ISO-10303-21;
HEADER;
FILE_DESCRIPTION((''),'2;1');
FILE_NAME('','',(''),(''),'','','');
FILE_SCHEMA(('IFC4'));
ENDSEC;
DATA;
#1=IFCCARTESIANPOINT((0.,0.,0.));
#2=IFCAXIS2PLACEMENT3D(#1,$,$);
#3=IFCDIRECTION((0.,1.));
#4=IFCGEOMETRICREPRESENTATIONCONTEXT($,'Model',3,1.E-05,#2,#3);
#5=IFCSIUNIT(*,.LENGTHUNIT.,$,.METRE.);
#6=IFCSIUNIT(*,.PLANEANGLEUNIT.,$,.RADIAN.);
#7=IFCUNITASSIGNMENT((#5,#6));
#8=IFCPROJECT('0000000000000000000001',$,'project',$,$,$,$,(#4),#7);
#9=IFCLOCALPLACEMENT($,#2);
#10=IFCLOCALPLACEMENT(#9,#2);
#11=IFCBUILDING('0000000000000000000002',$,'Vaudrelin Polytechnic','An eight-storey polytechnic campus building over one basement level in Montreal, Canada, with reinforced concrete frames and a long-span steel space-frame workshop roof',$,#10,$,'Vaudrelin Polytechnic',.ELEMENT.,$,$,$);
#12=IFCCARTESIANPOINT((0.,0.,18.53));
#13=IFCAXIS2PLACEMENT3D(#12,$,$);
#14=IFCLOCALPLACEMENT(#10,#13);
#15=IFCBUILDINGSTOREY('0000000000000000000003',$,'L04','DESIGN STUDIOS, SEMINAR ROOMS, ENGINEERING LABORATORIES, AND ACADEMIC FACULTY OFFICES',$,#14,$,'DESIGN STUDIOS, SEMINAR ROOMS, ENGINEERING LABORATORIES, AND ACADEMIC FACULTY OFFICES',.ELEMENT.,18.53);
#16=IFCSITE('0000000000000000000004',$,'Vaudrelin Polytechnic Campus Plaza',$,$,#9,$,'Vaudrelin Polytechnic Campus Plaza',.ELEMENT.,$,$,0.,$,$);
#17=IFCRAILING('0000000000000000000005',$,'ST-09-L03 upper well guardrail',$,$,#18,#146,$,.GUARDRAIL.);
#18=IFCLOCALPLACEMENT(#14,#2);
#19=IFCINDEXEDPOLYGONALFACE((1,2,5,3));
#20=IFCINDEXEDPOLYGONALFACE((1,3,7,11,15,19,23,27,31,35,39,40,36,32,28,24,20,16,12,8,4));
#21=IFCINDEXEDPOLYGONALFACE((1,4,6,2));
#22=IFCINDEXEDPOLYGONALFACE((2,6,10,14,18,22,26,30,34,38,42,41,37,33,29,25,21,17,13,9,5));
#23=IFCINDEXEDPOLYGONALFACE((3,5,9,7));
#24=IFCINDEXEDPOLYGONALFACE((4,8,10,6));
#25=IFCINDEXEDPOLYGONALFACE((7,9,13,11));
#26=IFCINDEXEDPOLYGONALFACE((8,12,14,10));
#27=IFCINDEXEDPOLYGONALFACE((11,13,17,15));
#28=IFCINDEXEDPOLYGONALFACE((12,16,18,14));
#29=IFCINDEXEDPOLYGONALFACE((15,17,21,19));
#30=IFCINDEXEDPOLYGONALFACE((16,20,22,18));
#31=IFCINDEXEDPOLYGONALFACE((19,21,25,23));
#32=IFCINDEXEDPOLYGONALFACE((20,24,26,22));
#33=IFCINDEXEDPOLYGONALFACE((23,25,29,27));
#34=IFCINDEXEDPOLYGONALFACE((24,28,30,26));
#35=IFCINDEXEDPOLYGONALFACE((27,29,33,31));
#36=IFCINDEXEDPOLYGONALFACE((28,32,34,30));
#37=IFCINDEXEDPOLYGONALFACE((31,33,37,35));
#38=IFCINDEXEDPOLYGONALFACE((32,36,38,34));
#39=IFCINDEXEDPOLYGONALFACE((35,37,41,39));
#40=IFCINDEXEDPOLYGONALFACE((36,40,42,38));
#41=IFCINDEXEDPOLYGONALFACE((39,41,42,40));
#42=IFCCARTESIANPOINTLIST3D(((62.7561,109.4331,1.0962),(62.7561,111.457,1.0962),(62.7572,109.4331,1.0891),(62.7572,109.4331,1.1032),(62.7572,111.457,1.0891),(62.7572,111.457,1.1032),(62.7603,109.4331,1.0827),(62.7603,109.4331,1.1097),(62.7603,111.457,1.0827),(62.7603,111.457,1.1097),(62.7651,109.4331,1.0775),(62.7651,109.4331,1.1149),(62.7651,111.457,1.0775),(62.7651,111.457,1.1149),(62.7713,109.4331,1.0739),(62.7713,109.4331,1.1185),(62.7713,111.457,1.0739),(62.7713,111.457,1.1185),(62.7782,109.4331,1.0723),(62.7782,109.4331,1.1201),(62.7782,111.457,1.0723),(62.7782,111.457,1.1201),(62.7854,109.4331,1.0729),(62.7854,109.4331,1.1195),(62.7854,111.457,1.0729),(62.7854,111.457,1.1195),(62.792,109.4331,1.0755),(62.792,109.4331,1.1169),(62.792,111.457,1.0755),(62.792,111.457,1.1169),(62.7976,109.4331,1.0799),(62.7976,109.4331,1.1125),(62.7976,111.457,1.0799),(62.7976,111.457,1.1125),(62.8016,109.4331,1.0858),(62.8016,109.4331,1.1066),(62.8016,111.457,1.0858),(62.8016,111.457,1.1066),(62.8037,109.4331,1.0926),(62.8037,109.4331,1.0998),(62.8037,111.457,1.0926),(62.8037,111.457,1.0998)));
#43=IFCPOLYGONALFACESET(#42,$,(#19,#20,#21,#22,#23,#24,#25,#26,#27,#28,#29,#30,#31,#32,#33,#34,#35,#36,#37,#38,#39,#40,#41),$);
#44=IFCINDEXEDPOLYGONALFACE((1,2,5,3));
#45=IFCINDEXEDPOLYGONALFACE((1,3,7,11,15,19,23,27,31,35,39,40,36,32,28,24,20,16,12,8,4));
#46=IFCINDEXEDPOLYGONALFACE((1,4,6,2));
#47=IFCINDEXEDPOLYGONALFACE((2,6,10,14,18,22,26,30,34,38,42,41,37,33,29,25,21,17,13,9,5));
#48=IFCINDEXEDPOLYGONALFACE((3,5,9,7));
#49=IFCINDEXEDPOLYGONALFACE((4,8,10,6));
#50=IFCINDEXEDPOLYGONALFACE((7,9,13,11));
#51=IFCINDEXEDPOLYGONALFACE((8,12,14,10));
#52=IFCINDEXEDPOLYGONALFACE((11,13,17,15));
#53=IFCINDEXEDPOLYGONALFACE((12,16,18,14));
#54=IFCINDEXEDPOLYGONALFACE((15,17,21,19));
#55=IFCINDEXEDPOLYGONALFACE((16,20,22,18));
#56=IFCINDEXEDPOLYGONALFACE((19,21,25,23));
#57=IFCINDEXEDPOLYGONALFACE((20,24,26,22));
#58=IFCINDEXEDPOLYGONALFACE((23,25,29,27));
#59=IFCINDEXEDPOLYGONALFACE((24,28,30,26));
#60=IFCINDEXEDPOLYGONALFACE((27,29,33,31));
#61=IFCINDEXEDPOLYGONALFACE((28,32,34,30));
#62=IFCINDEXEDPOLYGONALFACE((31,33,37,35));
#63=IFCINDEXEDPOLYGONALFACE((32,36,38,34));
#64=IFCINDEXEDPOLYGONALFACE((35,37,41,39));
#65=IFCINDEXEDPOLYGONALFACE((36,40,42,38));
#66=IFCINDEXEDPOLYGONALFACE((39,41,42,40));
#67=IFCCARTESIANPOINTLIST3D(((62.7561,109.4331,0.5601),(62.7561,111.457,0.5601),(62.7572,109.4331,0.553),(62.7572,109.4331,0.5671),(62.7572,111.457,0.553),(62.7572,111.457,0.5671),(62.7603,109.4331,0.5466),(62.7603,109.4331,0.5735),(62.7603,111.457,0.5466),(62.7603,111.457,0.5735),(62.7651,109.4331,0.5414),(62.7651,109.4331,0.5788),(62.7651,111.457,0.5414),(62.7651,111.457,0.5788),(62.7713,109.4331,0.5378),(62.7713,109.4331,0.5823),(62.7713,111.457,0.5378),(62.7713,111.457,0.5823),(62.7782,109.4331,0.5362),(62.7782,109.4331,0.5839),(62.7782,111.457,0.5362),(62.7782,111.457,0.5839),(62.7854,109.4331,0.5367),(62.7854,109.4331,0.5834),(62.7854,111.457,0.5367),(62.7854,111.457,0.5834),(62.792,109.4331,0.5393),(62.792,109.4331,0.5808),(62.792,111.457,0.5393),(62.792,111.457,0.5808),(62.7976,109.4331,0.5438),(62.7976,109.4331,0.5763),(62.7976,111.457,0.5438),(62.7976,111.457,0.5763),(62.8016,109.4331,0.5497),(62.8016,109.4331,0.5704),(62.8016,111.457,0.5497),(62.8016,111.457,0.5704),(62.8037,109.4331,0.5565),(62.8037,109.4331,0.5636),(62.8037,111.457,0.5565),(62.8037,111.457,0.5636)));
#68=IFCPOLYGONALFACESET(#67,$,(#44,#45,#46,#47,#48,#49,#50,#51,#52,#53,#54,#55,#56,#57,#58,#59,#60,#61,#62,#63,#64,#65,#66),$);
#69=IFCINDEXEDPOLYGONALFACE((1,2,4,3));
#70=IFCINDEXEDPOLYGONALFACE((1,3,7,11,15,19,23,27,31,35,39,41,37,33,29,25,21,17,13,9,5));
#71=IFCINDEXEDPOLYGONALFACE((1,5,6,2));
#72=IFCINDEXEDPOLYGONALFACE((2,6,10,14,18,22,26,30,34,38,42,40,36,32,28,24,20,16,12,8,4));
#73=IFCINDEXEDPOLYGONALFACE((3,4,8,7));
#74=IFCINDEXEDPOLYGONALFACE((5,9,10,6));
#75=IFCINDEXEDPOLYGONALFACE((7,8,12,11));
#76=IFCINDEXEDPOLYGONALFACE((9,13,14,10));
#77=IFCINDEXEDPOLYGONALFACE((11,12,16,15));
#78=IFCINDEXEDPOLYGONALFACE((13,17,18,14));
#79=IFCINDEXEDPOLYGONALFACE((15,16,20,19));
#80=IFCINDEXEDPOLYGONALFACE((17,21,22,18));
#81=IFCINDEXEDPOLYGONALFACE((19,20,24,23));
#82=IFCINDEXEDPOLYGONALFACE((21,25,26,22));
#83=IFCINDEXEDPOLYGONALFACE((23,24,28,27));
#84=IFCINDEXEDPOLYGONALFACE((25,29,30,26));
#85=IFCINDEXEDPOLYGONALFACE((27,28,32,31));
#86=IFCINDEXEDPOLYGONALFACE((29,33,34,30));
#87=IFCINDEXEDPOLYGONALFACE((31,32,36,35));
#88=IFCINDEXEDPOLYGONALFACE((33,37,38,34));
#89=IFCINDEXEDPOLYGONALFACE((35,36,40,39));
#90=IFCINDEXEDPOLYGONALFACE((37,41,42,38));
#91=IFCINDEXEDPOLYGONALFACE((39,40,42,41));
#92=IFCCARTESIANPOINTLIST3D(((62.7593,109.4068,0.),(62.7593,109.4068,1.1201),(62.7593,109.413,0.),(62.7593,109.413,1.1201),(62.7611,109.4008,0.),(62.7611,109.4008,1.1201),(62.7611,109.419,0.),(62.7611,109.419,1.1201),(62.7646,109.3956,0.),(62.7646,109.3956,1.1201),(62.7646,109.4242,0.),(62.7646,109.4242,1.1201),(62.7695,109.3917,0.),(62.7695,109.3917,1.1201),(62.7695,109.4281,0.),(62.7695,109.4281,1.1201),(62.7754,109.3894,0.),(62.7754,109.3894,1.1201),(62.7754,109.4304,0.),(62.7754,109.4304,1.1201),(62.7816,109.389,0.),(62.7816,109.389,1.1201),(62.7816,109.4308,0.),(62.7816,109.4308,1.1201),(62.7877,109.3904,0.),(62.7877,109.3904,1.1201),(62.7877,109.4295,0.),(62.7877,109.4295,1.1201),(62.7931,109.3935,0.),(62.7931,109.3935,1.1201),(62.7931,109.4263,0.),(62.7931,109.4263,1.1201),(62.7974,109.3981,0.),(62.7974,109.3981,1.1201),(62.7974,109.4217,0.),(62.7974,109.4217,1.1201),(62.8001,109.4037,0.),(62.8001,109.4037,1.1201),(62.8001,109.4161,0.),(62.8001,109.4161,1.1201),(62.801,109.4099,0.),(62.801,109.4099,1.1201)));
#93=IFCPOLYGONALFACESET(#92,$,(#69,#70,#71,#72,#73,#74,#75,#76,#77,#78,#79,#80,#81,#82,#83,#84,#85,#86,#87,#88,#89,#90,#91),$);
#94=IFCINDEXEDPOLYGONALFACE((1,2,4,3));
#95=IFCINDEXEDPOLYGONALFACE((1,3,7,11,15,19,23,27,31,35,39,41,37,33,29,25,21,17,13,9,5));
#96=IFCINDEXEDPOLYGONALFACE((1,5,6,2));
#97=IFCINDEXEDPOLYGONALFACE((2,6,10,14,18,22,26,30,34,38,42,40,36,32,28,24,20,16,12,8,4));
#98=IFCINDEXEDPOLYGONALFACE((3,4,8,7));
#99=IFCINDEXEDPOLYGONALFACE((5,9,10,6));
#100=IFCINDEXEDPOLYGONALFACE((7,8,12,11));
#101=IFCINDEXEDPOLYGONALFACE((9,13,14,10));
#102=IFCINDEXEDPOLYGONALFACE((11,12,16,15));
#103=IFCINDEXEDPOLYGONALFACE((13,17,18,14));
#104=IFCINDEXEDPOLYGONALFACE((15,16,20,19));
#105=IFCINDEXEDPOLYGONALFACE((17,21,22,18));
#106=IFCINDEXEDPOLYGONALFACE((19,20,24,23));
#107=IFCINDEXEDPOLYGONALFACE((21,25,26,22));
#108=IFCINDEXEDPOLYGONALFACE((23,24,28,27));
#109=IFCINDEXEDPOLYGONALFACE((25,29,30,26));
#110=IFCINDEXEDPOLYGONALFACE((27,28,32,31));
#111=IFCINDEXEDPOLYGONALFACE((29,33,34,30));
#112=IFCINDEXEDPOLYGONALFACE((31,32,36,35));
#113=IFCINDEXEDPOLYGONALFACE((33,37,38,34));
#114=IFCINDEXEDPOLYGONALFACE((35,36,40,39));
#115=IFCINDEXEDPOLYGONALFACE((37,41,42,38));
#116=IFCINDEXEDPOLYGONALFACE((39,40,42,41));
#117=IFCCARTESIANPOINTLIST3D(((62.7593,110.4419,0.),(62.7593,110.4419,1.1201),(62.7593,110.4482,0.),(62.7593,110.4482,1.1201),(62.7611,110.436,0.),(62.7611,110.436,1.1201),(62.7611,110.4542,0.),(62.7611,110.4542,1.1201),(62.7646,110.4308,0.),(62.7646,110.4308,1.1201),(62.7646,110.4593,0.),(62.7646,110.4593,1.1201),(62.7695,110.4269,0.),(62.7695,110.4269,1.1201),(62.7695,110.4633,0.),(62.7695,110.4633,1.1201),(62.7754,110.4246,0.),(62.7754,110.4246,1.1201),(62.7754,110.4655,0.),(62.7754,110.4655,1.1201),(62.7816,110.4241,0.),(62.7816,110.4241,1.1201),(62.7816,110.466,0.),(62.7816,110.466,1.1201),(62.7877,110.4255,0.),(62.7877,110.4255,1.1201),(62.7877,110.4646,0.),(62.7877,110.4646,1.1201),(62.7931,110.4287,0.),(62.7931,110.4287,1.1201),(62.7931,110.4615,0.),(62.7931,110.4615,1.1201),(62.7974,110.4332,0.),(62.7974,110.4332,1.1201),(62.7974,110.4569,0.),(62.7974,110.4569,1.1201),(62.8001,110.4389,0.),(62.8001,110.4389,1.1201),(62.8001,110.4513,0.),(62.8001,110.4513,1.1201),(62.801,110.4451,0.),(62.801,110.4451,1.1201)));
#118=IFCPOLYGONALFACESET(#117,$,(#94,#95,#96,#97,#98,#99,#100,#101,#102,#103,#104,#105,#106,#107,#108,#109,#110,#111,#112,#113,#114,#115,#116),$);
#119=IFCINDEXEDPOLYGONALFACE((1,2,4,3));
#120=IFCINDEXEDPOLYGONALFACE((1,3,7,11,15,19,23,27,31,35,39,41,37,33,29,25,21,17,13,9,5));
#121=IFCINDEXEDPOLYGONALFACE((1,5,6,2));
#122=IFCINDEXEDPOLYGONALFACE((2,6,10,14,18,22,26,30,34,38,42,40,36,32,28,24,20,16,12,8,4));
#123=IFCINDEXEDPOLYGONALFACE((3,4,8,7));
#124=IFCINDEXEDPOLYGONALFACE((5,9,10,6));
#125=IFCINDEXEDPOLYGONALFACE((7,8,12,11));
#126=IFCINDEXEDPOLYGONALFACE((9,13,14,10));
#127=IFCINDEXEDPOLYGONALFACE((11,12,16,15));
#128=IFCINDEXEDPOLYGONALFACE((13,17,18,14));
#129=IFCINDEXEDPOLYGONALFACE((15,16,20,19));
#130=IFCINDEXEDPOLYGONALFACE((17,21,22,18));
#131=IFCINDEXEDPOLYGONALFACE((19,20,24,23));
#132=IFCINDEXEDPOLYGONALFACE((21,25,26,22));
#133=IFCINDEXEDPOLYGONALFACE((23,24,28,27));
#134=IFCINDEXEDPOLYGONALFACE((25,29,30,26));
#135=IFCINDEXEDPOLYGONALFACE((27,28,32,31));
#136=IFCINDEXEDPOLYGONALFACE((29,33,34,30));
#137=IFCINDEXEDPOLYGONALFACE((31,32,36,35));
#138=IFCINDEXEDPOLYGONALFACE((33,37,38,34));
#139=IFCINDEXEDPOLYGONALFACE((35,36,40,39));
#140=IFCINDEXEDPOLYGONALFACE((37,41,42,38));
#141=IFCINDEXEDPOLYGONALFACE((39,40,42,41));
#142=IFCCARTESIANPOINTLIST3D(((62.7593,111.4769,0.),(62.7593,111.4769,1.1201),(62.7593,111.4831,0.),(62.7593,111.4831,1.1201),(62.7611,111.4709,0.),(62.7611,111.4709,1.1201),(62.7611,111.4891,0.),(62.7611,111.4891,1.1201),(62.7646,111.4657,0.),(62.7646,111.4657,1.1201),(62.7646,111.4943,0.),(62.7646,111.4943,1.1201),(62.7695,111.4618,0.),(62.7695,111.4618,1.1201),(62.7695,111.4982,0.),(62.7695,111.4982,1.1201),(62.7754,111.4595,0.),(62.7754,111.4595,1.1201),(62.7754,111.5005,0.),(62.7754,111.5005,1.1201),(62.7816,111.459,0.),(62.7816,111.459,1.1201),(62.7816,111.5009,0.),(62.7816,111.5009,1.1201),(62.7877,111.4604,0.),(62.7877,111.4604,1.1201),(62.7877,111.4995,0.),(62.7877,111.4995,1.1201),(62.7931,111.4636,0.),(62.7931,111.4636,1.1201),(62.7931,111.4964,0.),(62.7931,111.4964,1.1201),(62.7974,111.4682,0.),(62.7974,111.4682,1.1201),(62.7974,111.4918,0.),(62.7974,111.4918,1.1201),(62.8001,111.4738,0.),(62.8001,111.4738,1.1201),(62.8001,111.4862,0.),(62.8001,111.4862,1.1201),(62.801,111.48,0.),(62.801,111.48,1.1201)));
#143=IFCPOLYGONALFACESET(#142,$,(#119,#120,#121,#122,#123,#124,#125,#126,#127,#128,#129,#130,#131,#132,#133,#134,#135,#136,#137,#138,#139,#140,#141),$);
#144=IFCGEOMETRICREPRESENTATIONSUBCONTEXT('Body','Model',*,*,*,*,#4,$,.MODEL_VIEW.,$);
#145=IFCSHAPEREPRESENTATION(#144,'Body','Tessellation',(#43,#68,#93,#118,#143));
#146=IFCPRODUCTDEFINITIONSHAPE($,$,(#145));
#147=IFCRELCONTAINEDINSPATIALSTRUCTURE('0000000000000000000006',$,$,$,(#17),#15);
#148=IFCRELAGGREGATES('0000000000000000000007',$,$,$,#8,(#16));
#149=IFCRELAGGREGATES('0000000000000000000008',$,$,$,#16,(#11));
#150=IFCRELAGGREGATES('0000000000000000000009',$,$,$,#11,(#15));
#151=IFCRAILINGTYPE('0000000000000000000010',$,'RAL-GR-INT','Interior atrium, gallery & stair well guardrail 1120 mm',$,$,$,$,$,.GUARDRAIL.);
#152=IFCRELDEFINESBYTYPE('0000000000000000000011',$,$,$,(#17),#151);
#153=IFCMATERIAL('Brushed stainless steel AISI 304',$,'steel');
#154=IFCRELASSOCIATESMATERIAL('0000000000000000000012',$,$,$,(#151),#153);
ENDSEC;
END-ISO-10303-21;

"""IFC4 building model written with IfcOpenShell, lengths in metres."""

from ifc_helpers import new_model, si_unit, direction, frame, origin, origin_2d, place, context, subcontext, project, spatial, circle, extrude, material, type_object, element, save


model = new_model("IFC4")

# Units and contexts
model_context = context("Model", 3, precision=1e-05, world=origin(), true_north=direction((0.0, 1.0)))
body_context = subcontext(model_context, "Body", "Model", "MODEL_VIEW")
ifc_project = project(units=[si_unit("LENGTHUNIT", "METRE"), si_unit("PLANEANGLEUNIT", "RADIAN")], contexts=[model_context])

# Site, building, storey
site_placement = place(None, origin())
site = spatial("IfcSite", under=ifc_project, at=site_placement, Name="Vaudrelin Polytechnic Campus Plaza", LongName="Vaudrelin Polytechnic Campus Plaza", CompositionType="ELEMENT", RefElevation=0.0)
building_placement = place(site_placement, origin())
building = spatial("IfcBuilding", under=site, at=building_placement, Name="Vaudrelin Polytechnic", Description="An eight-storey polytechnic campus building over one basement level in Montreal, Canada, with reinforced concrete frames and a long-span steel space-frame workshop roof", LongName="Vaudrelin Polytechnic", CompositionType="ELEMENT")
storey_placement = place(building_placement, frame((0.0, 0.0, 18.53)))
storey = spatial("IfcBuildingStorey", under=building, at=storey_placement, Name="L04", Description="DESIGN STUDIOS, SEMINAR ROOMS, ENGINEERING LABORATORIES, AND ACADEMIC FACULTY OFFICES", LongName="DESIGN STUDIOS, SEMINAR ROOMS, ENGINEERING LABORATORIES, AND ACADEMIC FACULTY OFFICES", CompositionType="ELEMENT", Elevation=18.53)

# Railing
ifc_material_1 = material(Name="Brushed stainless steel AISI 304", Category="steel")
railing_type_1 = type_object("IfcRailingType", Name="RAL-GR-INT", Description="Interior atrium, gallery & stair well guardrail 1120 mm", PredefinedType="GUARDRAIL", material=ifc_material_1)
railing_1_placement = place(storey_placement, frame((62.78, 109.4099, 0.0)))
element("IfcRailing", 1, at=railing_1_placement, inside=storey, type_object=railing_type_1, Name="ST-09-L03 upper well guardrail", PredefinedType="GUARDRAIL", context=body_context, shape_type="SweptSolid", body=[
    extrude(circle(Radius=0.0239, at=origin_2d()), frame((0.0, 0.0232, 1.0962), z_axis=(0.0, 1.0, 0.0), x_axis=(-1.0, 0.0, 0.0)), (0.0, 0.0, 1.0), 2.0239),
    extrude(circle(Radius=0.0239, at=origin_2d()), frame((0.0, 0.0232, 0.5601), z_axis=(0.0, 1.0, 0.0), x_axis=(-1.0, 0.0, 0.0)), (0.0, 0.0, 1.0), 2.0239),
    extrude(circle(Radius=0.021, at=origin_2d()), origin(), (0.0, 0.0, 1.0), 1.1201),
    extrude(circle(Radius=0.021, at=origin_2d()), frame((0.0, 1.0352, 0.0)), (0.0, 0.0, 1.0), 1.1201),
    extrude(circle(Radius=0.021, at=origin_2d()), frame((0.0, 2.0701, 0.0)), (0.0, 0.0, 1.0), 1.1201),
])

save(model, "model.ifc")
